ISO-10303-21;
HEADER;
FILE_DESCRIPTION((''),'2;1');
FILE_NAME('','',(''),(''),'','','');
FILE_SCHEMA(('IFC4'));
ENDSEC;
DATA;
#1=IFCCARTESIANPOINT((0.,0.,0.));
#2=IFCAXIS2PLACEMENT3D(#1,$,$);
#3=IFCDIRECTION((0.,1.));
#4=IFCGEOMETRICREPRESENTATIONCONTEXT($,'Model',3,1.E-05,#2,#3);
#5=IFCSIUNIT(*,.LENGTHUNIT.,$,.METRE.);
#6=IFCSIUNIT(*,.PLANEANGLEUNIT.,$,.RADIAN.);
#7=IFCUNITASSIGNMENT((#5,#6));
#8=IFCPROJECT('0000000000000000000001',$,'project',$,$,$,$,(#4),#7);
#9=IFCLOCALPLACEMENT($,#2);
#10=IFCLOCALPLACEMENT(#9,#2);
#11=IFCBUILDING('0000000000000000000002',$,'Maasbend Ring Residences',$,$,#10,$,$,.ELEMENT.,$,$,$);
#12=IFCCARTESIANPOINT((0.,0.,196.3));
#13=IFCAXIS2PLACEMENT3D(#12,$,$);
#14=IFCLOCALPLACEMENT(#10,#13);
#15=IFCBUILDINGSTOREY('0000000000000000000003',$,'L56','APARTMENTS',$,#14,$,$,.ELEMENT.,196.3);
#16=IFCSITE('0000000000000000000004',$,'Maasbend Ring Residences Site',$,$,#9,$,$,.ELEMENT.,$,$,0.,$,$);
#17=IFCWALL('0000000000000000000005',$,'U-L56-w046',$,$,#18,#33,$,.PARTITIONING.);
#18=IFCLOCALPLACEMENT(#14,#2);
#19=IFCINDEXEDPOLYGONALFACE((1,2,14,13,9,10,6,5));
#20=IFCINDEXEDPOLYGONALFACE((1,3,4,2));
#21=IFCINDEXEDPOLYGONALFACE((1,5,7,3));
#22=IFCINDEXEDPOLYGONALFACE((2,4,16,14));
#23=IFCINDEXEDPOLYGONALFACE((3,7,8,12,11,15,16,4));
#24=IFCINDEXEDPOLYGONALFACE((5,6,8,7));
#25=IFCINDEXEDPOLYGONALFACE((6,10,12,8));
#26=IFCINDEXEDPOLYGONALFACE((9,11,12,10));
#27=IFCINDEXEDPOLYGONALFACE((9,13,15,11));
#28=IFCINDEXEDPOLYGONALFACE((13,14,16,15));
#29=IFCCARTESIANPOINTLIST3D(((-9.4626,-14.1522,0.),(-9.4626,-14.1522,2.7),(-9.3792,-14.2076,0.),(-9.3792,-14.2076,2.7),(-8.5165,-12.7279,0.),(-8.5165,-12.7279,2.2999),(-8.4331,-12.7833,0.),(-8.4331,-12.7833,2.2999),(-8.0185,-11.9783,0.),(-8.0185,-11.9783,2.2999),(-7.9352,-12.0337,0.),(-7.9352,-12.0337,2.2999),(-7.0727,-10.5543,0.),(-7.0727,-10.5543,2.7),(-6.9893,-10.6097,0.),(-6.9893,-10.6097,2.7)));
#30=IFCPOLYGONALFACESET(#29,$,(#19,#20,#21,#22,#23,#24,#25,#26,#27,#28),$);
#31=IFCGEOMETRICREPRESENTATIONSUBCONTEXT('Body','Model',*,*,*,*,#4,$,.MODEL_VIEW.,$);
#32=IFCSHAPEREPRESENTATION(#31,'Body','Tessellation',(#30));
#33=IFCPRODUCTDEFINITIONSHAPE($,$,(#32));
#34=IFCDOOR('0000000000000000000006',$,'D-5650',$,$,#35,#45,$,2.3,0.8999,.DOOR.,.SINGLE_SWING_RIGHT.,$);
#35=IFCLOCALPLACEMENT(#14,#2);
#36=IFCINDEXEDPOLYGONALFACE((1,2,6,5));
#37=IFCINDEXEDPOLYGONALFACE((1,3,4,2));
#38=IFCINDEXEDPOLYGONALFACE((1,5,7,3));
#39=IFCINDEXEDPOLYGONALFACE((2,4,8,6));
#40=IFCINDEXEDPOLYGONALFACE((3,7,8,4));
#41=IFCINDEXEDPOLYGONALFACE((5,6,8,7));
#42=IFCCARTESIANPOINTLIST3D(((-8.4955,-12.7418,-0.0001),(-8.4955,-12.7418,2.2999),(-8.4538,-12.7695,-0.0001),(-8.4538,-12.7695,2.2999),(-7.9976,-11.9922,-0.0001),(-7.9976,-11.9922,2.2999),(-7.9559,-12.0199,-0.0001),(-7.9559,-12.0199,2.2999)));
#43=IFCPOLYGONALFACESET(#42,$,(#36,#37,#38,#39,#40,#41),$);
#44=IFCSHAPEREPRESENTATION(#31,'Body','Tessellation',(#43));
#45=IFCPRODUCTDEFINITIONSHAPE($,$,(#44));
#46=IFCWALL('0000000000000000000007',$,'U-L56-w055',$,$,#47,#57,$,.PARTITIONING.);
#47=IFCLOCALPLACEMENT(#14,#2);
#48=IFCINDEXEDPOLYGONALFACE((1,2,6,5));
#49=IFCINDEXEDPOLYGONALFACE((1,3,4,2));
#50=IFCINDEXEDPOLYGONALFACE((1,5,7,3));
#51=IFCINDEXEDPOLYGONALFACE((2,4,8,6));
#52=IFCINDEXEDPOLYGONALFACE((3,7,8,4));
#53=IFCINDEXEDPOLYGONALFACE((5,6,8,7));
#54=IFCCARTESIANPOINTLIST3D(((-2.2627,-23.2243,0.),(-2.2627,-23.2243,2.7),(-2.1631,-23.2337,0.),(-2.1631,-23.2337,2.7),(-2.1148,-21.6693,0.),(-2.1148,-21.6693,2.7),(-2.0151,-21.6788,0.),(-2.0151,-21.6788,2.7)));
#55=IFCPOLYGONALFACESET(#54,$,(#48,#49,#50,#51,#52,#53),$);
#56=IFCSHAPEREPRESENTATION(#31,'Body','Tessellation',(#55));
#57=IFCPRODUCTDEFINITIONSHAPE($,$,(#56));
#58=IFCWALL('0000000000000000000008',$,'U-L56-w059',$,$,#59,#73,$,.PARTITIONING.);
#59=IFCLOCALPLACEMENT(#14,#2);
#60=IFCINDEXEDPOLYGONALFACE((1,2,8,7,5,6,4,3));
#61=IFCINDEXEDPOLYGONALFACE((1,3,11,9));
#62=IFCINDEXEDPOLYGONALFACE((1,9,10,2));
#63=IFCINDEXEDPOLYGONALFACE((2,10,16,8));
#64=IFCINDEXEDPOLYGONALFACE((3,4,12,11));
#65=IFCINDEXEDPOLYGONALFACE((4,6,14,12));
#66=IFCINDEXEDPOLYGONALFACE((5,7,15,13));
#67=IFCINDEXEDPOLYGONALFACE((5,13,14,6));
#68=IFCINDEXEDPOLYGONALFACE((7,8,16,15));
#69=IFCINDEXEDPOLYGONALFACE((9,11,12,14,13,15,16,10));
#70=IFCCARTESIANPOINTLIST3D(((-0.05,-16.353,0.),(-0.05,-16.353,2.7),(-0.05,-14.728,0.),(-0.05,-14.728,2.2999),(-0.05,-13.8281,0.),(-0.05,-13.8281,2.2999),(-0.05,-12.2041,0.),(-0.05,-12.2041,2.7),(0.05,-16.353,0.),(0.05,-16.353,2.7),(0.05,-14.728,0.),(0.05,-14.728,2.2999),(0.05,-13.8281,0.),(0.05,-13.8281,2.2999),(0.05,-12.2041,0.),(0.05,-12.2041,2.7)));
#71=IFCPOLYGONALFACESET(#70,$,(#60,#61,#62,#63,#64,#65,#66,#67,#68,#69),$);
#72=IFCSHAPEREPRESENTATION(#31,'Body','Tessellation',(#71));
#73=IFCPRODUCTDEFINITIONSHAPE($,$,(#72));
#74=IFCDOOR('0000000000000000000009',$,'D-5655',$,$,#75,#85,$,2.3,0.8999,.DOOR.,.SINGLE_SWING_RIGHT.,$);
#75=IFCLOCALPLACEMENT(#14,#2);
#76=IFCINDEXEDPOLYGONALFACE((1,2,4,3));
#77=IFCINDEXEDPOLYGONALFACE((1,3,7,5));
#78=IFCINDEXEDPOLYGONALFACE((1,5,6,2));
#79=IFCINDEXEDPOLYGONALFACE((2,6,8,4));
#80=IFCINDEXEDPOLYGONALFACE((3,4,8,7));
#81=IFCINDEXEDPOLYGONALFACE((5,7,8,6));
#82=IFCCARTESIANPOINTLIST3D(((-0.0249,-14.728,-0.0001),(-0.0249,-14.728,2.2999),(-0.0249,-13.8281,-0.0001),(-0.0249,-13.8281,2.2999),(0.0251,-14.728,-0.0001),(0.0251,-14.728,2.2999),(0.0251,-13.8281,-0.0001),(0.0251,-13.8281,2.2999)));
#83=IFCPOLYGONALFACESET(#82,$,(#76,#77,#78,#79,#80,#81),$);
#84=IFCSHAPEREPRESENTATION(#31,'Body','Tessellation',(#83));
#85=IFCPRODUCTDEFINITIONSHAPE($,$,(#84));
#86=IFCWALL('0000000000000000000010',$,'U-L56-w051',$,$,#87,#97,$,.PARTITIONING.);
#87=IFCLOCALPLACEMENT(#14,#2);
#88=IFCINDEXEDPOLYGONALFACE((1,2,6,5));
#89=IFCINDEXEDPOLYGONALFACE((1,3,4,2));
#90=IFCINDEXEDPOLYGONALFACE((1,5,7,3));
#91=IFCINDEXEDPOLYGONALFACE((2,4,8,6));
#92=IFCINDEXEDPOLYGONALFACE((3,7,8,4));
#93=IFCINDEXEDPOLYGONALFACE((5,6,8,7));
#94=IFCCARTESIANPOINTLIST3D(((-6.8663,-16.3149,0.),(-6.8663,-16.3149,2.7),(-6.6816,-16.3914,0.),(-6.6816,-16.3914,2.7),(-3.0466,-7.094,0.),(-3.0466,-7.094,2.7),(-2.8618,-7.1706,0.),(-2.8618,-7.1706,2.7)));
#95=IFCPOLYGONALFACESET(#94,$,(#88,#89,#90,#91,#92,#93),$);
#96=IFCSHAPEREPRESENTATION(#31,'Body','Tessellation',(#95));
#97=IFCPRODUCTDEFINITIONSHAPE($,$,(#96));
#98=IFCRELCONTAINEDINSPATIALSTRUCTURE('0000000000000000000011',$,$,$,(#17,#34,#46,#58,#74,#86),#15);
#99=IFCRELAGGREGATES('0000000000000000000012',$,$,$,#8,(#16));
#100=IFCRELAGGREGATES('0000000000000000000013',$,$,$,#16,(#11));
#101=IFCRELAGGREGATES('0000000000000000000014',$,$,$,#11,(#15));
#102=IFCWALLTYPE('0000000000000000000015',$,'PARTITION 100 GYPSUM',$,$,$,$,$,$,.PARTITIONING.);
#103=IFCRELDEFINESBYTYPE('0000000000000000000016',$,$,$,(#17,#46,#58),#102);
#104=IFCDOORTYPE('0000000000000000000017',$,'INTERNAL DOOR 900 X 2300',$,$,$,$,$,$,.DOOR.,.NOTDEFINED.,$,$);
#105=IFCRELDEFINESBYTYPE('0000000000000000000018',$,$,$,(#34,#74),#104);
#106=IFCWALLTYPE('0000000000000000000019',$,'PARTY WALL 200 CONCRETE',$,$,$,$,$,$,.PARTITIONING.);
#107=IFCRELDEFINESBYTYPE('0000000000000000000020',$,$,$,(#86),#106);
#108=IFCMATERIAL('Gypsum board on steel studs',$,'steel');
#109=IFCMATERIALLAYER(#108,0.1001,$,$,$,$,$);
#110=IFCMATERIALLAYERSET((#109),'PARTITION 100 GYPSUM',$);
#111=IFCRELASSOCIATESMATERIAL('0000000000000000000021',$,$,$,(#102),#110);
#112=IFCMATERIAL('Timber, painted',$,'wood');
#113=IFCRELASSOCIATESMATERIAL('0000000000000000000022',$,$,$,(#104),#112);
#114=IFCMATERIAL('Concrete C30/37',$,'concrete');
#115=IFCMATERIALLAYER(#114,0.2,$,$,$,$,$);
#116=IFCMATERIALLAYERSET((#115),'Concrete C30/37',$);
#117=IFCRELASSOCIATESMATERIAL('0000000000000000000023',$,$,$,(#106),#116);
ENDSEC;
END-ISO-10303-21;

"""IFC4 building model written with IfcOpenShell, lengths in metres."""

from ifc_helpers import new_model, si_unit, direction, frame, frame_2d, origin, place, context, subcontext, project, spatial, rectangle, extrude, material, layer, layer_set, type_object, element, fill, save


model = new_model("IFC4")

# Units and contexts
model_context = context("Model", 3, precision=1e-05, world=origin(), true_north=direction((0.0, 1.0)))
body_context = subcontext(model_context, "Body", "Model", "MODEL_VIEW")
ifc_project = project(units=[si_unit("LENGTHUNIT", "METRE"), si_unit("PLANEANGLEUNIT", "RADIAN")], contexts=[model_context])

# Site, building, storey
site_placement = place(None, origin())
site = spatial("IfcSite", under=ifc_project, at=site_placement, Name="Maasbend Ring Residences Site", CompositionType="ELEMENT", RefElevation=0.0)
building_placement = place(site_placement, origin())
building = spatial("IfcBuilding", under=site, at=building_placement, Name="Maasbend Ring Residences", CompositionType="ELEMENT")
storey_placement = place(building_placement, frame((0.0, 0.0, 196.3)))
storey = spatial("IfcBuildingStorey", under=building, at=storey_placement, Name="L56", Description="APARTMENTS", CompositionType="ELEMENT", Elevation=196.3)

# Shared definitions
ifc_material_1 = material(Name="Gypsum board on steel studs", Category="steel")
ifc_layer_1 = layer(ifc_material_1, 0.1001)
ifc_layer_set_1 = layer_set([ifc_layer_1], Name="PARTITION 100 GYPSUM")
wall_type_1 = type_object("IfcWallType", Name="PARTITION 100 GYPSUM", PredefinedType="PARTITIONING", material=ifc_layer_set_1)
ifc_material_2 = material(Name="Timber, painted", Category="wood")
door_type_1 = type_object("IfcDoorType", Name="INTERNAL DOOR 900 X 2300", OperationType="NOTDEFINED", PredefinedType="DOOR", material=ifc_material_2)

# Wall, opening, door
wall_1_placement = place(storey_placement, frame((-9.4209, -14.1799, 0.0), z_axis=(0.0, 0.0, 1.0), x_axis=(0.553304, 0.83298, 0.0)))
wall_1 = element("IfcWall", 1, at=wall_1_placement, inside=storey, type_object=wall_type_1, Name="U-L56-w046", PredefinedType="PARTITIONING", context=body_context, shape_type="SweptSolid", body=[
    extrude(rectangle(XDim=4.3193, YDim=0.1001, at=frame_2d((2.1597, 0.0))), origin(), (0.0, 0.0, 1.0), 2.7),
])
opening_1_placement = place(wall_1_placement, frame((1.71, 0.0, 0.0)))
opening_1 = element("IfcOpeningElement", 2, at=opening_1_placement, cuts=wall_1, PredefinedType="OPENING", context=body_context, shape_type="SweptSolid", body=[
    extrude(rectangle(XDim=0.8999, YDim=2.3, at=frame_2d((0.45, 1.1499))), frame((0.0, 0.0601, 0.0), z_axis=(0.0, -1.0, 0.0), x_axis=(1.0, 0.0, 0.0)), (0.0, 0.0, 1.0), 0.1201),
])
door_1_placement = place(opening_1_placement, origin())
door_1 = element("IfcDoor", 3, at=door_1_placement, inside=storey, type_object=door_type_1, Name="D-5650", OperationType="SINGLE_SWING_RIGHT", OverallHeight=2.3, OverallWidth=0.8999, PredefinedType="DOOR", context=body_context, shape_type="SweptSolid", body=[
    extrude(rectangle(XDim=0.8999, YDim=2.3, at=frame_2d((0.45, 1.1499))), frame((0.0, 0.0249, 0.0), z_axis=(0.0, -1.0, 0.0), x_axis=(1.0, 0.0, 0.0)), (0.0, 0.0, 1.0), 0.05),
])
fill(opening_1, door_1)

# Wall
wall_2_placement = place(storey_placement, frame((-2.2129, -23.229, 0.0), z_axis=(0.0, 0.0, 1.0), x_axis=(0.094721, 0.995504, 0.0)))
element("IfcWall", 4, at=wall_2_placement, inside=storey, type_object=wall_type_1, Name="U-L56-w055", PredefinedType="PARTITIONING", context=body_context, shape_type="SweptSolid", body=[
    extrude(rectangle(XDim=1.562, YDim=0.1001, at=frame_2d((0.781, 0.0))), origin(), (0.0, 0.0, 1.0), 2.7),
])

# Wall, opening, door
wall_3_placement = place(storey_placement, frame((0.0, -16.353, 0.0), z_axis=(0.0, 0.0, 1.0), x_axis=(0.0, 1.0, 0.0)))
wall_3 = element("IfcWall", 5, at=wall_3_placement, inside=storey, type_object=wall_type_1, Name="U-L56-w059", PredefinedType="PARTITIONING", context=body_context, shape_type="SweptSolid", body=[
    extrude(rectangle(XDim=4.1489, YDim=0.1001, at=frame_2d((2.0745, 0.0))), origin(), (0.0, 0.0, 1.0), 2.7),
])
opening_2_placement = place(wall_3_placement, frame((1.625, 0.0, 0.0)))
opening_2 = element("IfcOpeningElement", 6, at=opening_2_placement, cuts=wall_3, PredefinedType="OPENING", context=body_context, shape_type="SweptSolid", body=[
    extrude(rectangle(XDim=0.8999, YDim=2.3, at=frame_2d((0.45, 1.1499))), frame((0.0, 0.0601, 0.0), z_axis=(0.0, -1.0, 0.0), x_axis=(1.0, 0.0, 0.0)), (0.0, 0.0, 1.0), 0.1201),
])
door_2_placement = place(opening_2_placement, origin())
door_2 = element("IfcDoor", 7, at=door_2_placement, inside=storey, type_object=door_type_1, Name="D-5655", OperationType="SINGLE_SWING_RIGHT", OverallHeight=2.3, OverallWidth=0.8999, PredefinedType="DOOR", context=body_context, shape_type="SweptSolid", body=[
    extrude(rectangle(XDim=0.8999, YDim=2.3, at=frame_2d((0.45, 1.1499))), frame((0.0, 0.0249, 0.0), z_axis=(0.0, -1.0, 0.0), x_axis=(1.0, 0.0, 0.0)), (0.0, 0.0, 1.0), 0.05),
])
fill(opening_2, door_2)

# Wall
ifc_material_3 = material(Name="Concrete C30/37", Category="concrete")
ifc_layer_2 = layer(ifc_material_3, 0.2)
ifc_layer_set_2 = layer_set([ifc_layer_2], Name="Concrete C30/37")
wall_type_2 = type_object("IfcWallType", Name="PARTY WALL 200 CONCRETE", PredefinedType="PARTITIONING", material=ifc_layer_set_2)
wall_4_placement = place(storey_placement, frame((-6.7739, -16.353, 0.0), z_axis=(0.0, 0.0, 1.0), x_axis=(0.382716, 0.923866, 0.0)))
element("IfcWall", 8, at=wall_4_placement, inside=storey, type_object=wall_type_2, Name="U-L56-w051", PredefinedType="PARTITIONING", context=body_context, shape_type="SweptSolid", body=[
    extrude(rectangle(XDim=9.9807, YDim=0.2, at=frame_2d((4.9902, 0.0))), origin(), (0.0, 0.0, 1.0), 2.7),
])

save(model, "model.ifc")
